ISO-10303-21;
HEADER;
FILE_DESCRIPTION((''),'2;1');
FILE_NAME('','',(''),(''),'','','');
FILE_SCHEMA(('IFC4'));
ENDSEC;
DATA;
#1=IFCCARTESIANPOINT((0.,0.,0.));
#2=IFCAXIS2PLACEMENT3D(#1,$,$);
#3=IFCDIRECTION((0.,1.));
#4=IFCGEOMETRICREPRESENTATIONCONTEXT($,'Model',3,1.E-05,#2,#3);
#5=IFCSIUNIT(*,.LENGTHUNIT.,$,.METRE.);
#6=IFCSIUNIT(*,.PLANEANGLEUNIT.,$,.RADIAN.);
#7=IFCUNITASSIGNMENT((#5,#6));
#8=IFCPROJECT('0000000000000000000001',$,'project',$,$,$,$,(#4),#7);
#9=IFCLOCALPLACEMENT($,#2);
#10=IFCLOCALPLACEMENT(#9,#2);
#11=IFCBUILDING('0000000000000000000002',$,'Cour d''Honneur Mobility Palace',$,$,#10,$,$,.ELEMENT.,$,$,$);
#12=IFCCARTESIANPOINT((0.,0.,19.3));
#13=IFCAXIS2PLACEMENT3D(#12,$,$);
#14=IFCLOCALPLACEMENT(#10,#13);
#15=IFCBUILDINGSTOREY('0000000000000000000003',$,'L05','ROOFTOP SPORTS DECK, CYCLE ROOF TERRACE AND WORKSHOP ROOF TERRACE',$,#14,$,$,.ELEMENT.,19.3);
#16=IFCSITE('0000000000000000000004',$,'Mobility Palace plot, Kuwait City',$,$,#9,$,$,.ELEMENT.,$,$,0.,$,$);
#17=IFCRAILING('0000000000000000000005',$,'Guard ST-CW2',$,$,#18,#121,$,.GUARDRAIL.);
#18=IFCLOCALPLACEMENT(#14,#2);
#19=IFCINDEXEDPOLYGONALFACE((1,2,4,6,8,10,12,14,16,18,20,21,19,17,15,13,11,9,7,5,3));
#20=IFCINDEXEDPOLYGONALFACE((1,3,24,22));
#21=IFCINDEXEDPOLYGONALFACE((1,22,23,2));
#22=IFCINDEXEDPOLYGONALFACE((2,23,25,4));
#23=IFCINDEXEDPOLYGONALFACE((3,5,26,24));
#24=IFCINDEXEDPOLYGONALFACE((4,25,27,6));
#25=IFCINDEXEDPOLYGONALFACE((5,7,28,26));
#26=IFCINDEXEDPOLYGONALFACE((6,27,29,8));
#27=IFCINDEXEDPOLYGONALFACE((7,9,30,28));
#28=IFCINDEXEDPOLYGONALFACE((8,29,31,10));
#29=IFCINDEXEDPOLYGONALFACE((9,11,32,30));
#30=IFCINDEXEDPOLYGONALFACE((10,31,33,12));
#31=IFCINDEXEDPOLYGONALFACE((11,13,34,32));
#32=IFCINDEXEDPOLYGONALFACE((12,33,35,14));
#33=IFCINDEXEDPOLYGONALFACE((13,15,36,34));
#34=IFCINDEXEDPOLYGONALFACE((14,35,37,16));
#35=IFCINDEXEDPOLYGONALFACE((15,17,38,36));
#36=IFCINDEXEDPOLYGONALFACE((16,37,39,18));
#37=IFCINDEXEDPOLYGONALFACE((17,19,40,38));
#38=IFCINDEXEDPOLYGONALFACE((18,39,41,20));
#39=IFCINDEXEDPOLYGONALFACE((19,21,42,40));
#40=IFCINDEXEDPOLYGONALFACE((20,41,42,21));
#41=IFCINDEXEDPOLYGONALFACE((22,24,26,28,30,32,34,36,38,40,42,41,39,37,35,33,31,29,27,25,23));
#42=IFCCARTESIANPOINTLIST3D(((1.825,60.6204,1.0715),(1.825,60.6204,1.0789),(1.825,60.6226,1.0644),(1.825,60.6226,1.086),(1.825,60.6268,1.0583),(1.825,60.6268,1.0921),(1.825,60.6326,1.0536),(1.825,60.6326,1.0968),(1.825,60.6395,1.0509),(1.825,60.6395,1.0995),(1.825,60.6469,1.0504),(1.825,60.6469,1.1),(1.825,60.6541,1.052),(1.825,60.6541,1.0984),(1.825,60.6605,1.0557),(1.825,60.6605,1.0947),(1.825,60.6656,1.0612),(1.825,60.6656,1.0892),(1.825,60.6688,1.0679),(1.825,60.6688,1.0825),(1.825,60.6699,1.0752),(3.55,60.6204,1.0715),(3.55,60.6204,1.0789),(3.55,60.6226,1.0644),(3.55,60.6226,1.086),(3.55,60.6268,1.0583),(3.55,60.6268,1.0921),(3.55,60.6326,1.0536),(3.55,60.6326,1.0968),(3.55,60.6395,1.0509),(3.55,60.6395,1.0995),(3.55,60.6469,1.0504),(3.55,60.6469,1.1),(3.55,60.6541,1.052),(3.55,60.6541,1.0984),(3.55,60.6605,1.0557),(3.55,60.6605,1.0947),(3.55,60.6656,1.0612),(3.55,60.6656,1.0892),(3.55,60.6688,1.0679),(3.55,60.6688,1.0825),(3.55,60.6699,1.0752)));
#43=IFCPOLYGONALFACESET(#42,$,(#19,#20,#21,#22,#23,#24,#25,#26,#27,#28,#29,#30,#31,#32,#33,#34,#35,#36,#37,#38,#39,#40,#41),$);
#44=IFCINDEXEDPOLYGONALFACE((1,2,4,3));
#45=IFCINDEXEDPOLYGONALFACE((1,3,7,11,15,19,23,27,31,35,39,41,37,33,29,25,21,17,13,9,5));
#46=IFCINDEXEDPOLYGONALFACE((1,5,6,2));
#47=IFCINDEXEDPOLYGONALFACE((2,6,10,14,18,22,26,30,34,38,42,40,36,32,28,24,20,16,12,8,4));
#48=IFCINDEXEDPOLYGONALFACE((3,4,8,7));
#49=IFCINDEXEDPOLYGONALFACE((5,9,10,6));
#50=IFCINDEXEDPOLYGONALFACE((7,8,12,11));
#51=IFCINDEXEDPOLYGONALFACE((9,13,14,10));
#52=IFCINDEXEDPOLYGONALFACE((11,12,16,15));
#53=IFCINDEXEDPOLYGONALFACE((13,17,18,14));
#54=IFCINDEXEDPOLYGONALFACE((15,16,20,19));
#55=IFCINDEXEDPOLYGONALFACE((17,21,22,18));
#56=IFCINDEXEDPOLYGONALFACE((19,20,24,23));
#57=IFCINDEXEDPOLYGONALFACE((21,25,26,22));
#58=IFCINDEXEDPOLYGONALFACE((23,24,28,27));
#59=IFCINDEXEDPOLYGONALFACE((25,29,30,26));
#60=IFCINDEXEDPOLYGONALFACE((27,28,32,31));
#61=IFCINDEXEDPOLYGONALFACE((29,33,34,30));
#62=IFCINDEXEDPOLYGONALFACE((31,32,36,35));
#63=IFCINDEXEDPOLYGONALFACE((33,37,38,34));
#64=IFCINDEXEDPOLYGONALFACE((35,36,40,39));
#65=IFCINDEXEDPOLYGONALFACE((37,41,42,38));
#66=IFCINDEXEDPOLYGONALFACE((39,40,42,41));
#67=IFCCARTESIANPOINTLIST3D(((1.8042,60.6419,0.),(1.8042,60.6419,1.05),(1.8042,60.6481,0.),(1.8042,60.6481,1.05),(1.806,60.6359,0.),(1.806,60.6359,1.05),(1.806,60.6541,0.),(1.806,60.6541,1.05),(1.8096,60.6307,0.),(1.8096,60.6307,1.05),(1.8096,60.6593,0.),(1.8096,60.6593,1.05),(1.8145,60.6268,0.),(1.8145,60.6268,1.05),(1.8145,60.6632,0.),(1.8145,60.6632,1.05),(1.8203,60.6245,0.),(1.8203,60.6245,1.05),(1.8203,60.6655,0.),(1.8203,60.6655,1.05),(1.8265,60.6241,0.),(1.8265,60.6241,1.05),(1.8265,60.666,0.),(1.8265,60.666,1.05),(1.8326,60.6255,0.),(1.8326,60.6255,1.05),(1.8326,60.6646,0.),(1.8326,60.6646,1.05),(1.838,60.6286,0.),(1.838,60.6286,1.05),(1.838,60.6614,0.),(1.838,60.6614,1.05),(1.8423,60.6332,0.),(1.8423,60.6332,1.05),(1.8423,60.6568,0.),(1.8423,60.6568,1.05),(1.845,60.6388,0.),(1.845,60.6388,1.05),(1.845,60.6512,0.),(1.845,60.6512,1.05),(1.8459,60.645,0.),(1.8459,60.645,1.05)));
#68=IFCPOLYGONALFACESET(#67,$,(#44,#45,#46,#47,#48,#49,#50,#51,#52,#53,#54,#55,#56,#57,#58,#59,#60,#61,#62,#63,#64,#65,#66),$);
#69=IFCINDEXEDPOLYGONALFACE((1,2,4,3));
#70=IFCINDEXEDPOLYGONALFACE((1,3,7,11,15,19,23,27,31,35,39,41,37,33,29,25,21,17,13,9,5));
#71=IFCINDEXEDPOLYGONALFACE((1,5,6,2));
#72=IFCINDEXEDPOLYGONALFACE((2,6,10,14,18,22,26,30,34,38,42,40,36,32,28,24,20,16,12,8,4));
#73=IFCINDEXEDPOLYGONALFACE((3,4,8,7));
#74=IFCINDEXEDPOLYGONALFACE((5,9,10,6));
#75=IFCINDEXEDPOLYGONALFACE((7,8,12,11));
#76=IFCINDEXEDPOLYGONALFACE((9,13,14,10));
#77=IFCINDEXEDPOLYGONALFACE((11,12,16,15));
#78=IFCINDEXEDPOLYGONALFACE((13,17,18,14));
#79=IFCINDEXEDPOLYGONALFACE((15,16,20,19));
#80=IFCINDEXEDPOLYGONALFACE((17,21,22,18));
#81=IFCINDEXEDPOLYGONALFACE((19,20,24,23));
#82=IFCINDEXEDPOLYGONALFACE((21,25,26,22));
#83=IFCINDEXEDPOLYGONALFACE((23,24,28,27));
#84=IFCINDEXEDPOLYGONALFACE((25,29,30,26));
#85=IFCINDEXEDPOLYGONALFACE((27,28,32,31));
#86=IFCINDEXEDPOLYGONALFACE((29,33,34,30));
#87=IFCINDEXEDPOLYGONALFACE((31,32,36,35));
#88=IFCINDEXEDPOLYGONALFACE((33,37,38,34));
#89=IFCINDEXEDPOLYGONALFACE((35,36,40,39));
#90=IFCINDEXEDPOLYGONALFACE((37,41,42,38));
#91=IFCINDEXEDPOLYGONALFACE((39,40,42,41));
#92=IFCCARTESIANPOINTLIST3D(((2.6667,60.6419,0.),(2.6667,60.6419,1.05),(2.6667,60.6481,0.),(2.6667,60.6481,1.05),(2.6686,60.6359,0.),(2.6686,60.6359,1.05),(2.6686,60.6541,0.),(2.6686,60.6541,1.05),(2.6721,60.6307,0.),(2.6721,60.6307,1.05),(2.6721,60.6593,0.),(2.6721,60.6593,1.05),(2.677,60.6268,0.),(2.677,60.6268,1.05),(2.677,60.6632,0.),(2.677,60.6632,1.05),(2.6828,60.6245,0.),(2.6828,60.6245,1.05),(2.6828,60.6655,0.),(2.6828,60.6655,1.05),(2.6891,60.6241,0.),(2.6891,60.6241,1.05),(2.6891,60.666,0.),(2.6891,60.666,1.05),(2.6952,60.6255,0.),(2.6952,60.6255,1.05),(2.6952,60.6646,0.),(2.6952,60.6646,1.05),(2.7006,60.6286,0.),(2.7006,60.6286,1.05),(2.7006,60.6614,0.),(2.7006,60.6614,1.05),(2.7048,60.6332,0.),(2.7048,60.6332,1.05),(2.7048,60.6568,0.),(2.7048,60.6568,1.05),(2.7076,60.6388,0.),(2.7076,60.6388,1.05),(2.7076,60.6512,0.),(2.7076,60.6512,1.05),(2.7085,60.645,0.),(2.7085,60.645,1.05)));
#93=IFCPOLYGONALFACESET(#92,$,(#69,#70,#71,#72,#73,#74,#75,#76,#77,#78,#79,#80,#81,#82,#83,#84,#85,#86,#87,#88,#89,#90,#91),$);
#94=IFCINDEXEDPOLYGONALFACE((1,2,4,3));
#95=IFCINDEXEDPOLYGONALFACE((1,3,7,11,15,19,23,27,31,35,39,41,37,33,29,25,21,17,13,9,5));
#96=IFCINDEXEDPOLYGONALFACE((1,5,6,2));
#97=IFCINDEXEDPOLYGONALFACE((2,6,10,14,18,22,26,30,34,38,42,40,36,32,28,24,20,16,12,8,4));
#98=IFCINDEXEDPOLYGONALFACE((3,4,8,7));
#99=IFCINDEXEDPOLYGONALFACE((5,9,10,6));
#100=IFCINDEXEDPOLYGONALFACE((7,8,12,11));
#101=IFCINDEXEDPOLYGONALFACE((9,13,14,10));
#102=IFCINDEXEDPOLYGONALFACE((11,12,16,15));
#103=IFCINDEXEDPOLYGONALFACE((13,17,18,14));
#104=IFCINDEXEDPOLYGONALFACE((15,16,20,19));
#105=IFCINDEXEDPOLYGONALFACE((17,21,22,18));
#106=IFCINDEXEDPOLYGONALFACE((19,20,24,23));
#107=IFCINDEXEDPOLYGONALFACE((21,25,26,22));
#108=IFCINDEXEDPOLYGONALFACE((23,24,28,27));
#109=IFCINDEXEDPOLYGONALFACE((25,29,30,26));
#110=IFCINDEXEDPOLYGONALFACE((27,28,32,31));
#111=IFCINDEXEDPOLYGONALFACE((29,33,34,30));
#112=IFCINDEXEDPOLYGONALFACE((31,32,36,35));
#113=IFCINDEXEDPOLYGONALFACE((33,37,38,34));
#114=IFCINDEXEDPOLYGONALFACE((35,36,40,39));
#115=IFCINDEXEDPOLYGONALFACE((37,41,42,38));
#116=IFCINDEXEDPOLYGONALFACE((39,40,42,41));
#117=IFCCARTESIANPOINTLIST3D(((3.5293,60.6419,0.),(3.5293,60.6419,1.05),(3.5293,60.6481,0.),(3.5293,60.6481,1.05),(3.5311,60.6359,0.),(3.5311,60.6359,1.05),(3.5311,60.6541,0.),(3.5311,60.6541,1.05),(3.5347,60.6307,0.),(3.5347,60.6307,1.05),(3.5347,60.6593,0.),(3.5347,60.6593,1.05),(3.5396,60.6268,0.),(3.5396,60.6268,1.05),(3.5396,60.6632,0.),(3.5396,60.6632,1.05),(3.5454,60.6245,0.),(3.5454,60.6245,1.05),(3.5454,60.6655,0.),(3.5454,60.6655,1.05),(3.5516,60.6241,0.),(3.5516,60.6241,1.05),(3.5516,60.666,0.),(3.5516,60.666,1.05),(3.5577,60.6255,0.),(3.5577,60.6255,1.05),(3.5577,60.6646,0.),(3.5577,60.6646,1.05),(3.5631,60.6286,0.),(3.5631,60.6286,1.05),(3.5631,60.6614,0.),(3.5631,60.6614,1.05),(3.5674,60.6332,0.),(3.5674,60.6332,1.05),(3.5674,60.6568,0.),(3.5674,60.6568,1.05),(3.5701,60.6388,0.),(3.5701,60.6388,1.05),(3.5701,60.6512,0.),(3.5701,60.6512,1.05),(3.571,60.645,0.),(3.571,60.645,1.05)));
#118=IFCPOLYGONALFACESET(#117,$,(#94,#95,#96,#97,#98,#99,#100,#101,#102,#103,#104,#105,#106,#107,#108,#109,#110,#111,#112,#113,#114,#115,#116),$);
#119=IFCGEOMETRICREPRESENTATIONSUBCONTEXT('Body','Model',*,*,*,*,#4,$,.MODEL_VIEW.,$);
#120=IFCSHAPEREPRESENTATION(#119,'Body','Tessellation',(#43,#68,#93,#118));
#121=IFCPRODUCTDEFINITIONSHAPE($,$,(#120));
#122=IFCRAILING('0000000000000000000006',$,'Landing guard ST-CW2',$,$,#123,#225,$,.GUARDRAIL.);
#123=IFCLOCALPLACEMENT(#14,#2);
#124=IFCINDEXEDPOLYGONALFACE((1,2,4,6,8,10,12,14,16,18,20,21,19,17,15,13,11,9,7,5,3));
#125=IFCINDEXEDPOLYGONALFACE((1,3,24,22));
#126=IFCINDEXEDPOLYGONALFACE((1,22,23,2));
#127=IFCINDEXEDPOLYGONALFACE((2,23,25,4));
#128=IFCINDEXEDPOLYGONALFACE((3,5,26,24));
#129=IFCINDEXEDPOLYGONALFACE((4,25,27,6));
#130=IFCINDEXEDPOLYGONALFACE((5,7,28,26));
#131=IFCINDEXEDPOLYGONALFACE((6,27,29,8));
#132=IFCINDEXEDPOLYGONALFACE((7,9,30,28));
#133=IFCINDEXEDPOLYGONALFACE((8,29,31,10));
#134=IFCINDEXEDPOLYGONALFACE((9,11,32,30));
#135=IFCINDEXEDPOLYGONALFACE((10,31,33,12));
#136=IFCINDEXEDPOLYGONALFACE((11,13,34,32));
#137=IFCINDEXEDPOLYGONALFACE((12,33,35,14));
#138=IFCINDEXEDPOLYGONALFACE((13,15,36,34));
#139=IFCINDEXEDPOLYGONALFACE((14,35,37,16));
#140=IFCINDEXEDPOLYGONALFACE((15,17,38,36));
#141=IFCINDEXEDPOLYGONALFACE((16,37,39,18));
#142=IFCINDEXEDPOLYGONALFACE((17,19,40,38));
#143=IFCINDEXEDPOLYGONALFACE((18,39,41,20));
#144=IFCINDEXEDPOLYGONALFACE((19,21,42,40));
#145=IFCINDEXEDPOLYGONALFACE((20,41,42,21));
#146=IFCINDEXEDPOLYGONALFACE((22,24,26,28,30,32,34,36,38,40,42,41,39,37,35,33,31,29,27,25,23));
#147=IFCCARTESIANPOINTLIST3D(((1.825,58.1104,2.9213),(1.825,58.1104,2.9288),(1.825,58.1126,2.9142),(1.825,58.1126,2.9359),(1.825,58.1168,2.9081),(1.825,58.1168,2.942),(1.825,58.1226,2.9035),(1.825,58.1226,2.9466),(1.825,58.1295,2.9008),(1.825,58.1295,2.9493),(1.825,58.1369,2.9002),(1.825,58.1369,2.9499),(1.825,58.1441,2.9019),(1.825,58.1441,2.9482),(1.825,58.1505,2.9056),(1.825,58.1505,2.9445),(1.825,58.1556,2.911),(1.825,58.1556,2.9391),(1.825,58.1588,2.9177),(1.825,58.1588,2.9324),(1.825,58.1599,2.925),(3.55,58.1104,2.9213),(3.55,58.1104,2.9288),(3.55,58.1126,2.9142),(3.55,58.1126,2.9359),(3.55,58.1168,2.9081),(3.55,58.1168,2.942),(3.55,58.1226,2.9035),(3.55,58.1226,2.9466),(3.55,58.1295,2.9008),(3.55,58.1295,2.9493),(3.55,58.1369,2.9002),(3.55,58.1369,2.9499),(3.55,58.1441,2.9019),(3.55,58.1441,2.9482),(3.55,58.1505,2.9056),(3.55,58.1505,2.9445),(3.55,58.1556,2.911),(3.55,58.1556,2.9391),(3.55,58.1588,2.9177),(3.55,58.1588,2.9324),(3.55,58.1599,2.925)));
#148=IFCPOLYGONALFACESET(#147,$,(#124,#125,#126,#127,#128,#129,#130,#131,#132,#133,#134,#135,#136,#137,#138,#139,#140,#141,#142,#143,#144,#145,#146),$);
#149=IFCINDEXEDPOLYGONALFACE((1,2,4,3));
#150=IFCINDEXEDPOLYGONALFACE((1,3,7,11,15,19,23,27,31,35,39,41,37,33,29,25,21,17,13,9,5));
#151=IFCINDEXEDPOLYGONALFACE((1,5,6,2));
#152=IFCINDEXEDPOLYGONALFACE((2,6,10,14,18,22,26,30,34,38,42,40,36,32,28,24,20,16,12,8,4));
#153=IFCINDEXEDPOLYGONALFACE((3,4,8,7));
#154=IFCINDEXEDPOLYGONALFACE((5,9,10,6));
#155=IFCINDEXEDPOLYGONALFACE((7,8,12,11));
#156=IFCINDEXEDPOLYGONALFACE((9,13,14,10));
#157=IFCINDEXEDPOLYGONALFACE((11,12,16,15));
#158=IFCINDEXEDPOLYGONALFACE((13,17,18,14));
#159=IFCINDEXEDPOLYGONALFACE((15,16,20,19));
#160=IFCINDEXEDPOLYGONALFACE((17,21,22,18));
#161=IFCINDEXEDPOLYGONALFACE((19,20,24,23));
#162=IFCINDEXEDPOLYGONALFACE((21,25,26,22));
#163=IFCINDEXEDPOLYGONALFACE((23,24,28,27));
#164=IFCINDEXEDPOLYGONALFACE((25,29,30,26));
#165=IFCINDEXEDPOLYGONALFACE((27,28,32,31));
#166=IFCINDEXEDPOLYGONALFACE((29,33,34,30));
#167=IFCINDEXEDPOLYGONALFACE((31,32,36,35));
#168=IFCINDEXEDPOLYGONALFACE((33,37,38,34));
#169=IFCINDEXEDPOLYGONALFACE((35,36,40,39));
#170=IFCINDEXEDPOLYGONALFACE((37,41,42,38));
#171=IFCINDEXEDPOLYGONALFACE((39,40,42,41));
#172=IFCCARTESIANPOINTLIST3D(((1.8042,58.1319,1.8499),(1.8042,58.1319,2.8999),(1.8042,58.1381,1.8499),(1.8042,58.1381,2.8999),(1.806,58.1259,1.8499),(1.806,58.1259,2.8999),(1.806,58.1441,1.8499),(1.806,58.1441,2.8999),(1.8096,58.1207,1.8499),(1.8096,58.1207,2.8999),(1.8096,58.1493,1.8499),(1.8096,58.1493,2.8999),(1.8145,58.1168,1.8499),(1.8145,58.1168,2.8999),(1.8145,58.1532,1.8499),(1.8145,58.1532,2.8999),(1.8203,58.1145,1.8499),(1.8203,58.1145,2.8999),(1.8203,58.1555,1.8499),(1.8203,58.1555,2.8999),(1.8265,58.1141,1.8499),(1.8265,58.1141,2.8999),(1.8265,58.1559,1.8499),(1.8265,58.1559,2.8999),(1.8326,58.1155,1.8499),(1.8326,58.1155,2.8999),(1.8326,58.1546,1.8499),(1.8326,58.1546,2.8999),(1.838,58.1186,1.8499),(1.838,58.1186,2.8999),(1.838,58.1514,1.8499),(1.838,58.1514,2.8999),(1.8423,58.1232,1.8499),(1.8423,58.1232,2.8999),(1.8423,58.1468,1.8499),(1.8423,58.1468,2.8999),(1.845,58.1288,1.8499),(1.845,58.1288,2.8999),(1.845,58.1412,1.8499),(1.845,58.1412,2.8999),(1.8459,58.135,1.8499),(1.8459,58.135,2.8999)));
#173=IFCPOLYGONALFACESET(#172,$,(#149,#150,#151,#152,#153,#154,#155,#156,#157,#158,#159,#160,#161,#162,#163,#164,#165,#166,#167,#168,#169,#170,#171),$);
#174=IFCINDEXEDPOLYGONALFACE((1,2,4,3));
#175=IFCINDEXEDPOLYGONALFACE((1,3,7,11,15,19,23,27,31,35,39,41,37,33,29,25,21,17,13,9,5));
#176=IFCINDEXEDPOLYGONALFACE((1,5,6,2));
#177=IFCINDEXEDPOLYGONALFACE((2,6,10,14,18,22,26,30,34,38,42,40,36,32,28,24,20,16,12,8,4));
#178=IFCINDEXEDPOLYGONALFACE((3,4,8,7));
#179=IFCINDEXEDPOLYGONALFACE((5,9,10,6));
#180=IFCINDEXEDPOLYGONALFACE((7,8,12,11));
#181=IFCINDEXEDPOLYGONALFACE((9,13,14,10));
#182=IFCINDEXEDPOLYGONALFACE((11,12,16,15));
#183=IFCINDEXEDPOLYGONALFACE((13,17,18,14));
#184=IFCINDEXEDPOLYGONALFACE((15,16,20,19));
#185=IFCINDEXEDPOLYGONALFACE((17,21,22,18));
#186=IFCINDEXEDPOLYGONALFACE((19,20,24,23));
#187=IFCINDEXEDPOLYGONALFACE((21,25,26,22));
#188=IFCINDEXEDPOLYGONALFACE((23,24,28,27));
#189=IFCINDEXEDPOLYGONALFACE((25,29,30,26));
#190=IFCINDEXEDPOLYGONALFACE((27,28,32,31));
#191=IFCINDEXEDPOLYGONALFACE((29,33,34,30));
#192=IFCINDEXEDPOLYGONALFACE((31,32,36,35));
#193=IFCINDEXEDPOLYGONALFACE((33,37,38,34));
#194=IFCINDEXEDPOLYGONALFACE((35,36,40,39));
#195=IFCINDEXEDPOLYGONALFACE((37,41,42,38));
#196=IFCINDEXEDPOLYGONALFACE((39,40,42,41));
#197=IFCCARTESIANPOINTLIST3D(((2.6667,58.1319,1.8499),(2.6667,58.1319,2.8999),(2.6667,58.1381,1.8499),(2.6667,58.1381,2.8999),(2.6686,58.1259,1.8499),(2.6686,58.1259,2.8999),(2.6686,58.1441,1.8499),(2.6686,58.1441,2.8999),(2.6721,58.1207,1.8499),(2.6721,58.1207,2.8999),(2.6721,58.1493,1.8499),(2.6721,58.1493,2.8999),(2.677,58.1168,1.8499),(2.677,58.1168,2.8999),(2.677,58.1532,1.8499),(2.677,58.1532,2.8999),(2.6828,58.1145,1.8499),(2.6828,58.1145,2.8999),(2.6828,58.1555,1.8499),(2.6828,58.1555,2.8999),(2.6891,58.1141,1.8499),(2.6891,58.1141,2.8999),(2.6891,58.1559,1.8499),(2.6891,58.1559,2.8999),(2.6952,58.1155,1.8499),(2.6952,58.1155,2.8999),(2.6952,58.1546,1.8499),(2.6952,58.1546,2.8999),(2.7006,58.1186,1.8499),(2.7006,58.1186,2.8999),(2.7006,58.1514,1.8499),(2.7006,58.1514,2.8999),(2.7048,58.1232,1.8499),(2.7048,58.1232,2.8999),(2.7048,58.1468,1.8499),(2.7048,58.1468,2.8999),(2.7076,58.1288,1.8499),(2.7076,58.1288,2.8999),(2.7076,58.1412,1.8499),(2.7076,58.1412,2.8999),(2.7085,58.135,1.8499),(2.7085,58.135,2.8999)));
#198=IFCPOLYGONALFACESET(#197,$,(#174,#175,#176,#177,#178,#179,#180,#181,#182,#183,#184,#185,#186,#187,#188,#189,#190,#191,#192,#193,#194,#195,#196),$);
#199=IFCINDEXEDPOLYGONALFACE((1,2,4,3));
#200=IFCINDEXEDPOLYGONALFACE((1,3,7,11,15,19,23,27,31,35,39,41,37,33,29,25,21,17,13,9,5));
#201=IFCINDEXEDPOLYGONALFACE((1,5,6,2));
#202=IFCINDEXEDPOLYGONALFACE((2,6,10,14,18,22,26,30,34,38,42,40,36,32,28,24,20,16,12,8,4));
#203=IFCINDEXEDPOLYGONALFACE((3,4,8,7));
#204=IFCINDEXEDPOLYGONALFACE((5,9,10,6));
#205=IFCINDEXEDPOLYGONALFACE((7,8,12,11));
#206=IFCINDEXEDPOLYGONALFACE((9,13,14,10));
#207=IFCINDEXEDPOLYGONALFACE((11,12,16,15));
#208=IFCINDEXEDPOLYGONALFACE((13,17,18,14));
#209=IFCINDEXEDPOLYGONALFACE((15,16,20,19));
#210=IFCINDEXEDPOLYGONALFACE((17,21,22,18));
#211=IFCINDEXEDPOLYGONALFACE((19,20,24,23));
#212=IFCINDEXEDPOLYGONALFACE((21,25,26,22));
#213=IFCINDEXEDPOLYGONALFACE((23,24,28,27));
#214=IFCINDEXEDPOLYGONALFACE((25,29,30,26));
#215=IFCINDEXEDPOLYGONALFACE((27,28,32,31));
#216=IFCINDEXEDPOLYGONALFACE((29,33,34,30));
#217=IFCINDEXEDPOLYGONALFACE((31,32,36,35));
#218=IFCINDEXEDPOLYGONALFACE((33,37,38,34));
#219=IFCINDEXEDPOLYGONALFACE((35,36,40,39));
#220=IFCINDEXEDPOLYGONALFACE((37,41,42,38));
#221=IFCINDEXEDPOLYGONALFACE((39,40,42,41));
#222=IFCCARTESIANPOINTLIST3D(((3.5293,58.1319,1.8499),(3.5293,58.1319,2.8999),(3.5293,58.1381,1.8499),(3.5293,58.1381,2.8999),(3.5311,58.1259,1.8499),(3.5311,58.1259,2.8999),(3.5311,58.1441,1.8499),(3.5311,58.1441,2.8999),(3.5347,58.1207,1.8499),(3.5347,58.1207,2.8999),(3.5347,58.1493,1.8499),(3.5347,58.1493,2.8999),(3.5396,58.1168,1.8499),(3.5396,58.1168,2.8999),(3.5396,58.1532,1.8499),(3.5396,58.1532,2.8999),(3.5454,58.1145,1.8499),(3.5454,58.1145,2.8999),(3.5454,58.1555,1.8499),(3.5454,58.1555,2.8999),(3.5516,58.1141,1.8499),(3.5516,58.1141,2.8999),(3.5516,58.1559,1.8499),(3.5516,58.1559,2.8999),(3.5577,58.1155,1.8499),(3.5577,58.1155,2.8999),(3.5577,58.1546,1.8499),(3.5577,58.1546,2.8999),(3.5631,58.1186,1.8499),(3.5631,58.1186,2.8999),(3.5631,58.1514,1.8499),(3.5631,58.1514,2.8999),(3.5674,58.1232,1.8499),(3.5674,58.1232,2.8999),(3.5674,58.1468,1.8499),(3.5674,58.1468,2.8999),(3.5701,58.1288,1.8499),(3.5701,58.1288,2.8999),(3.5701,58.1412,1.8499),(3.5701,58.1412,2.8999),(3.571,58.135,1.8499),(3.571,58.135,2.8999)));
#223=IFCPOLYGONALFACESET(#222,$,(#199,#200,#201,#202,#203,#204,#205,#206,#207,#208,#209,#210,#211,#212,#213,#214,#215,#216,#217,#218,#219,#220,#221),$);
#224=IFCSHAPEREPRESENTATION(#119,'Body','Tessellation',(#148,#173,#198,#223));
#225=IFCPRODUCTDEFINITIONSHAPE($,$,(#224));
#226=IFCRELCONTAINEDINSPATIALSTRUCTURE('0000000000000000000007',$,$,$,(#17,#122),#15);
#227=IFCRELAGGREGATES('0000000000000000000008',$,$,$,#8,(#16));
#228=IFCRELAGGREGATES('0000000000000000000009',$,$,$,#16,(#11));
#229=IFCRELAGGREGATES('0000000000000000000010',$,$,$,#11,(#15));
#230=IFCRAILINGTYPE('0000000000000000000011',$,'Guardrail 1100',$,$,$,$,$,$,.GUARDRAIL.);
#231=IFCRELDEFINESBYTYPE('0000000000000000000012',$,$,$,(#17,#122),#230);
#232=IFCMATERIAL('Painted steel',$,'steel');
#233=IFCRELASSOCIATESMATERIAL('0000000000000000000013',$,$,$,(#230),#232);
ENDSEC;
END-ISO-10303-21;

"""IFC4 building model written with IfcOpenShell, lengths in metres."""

from ifc_helpers import new_model, si_unit, direction, frame, origin, origin_2d, place, context, subcontext, project, spatial, circle, extrude, material, type_object, element, save


model = new_model("IFC4")

# Units and contexts
model_context = context("Model", 3, precision=1e-05, world=origin(), true_north=direction((0.0, 1.0)))
body_context = subcontext(model_context, "Body", "Model", "MODEL_VIEW")
ifc_project = project(units=[si_unit("LENGTHUNIT", "METRE"), si_unit("PLANEANGLEUNIT", "RADIAN")], contexts=[model_context])

# Site, building, storey
site_placement = place(None, origin())
site = spatial("IfcSite", under=ifc_project, at=site_placement, Name="Mobility Palace plot, Kuwait City", CompositionType="ELEMENT", RefElevation=0.0)
building_placement = place(site_placement, origin())
building = spatial("IfcBuilding", under=site, at=building_placement, Name="Cour d'Honneur Mobility Palace", CompositionType="ELEMENT")
storey_placement = place(building_placement, frame((0.0, 0.0, 19.3)))
storey = spatial("IfcBuildingStorey", under=building, at=storey_placement, Name="L05", Description="ROOFTOP SPORTS DECK, CYCLE ROOF TERRACE AND WORKSHOP ROOF TERRACE", CompositionType="ELEMENT", Elevation=19.3)

# Railings
ifc_material_1 = material(Name="Painted steel", Category="steel")
railing_type_1 = type_object("IfcRailingType", Name="Guardrail 1100", PredefinedType="GUARDRAIL", material=ifc_material_1)
for number, where, name in (
    (1, (1.825, 60.645, 0.0), "Guard ST-CW2"),
    (2, (1.825, 58.135, 1.8499), "Landing guard ST-CW2"),
):
    element("IfcRailing", number, at=place(storey_placement, frame(where)), inside=storey, type_object=railing_type_1, Name=name, PredefinedType="GUARDRAIL", context=body_context, shape_type="SweptSolid", body=[
        extrude(circle(Radius=0.0249, at=origin_2d()), frame((0.0, 0.0, 1.0752), z_axis=(1.0, 0.0, 0.0), x_axis=(0.0, 1.0, 0.0)), (0.0, 0.0, 1.0), 1.7251),
        extrude(circle(Radius=0.021, at=origin_2d()), origin(), (0.0, 0.0, 1.0), 1.05),
        extrude(circle(Radius=0.021, at=origin_2d()), frame((0.8625, 0.0, 0.0)), (0.0, 0.0, 1.0), 1.05),
        extrude(circle(Radius=0.021, at=origin_2d()), frame((1.7251, 0.0, 0.0)), (0.0, 0.0, 1.0), 1.05),
    ])

save(model, "model.ifc")
